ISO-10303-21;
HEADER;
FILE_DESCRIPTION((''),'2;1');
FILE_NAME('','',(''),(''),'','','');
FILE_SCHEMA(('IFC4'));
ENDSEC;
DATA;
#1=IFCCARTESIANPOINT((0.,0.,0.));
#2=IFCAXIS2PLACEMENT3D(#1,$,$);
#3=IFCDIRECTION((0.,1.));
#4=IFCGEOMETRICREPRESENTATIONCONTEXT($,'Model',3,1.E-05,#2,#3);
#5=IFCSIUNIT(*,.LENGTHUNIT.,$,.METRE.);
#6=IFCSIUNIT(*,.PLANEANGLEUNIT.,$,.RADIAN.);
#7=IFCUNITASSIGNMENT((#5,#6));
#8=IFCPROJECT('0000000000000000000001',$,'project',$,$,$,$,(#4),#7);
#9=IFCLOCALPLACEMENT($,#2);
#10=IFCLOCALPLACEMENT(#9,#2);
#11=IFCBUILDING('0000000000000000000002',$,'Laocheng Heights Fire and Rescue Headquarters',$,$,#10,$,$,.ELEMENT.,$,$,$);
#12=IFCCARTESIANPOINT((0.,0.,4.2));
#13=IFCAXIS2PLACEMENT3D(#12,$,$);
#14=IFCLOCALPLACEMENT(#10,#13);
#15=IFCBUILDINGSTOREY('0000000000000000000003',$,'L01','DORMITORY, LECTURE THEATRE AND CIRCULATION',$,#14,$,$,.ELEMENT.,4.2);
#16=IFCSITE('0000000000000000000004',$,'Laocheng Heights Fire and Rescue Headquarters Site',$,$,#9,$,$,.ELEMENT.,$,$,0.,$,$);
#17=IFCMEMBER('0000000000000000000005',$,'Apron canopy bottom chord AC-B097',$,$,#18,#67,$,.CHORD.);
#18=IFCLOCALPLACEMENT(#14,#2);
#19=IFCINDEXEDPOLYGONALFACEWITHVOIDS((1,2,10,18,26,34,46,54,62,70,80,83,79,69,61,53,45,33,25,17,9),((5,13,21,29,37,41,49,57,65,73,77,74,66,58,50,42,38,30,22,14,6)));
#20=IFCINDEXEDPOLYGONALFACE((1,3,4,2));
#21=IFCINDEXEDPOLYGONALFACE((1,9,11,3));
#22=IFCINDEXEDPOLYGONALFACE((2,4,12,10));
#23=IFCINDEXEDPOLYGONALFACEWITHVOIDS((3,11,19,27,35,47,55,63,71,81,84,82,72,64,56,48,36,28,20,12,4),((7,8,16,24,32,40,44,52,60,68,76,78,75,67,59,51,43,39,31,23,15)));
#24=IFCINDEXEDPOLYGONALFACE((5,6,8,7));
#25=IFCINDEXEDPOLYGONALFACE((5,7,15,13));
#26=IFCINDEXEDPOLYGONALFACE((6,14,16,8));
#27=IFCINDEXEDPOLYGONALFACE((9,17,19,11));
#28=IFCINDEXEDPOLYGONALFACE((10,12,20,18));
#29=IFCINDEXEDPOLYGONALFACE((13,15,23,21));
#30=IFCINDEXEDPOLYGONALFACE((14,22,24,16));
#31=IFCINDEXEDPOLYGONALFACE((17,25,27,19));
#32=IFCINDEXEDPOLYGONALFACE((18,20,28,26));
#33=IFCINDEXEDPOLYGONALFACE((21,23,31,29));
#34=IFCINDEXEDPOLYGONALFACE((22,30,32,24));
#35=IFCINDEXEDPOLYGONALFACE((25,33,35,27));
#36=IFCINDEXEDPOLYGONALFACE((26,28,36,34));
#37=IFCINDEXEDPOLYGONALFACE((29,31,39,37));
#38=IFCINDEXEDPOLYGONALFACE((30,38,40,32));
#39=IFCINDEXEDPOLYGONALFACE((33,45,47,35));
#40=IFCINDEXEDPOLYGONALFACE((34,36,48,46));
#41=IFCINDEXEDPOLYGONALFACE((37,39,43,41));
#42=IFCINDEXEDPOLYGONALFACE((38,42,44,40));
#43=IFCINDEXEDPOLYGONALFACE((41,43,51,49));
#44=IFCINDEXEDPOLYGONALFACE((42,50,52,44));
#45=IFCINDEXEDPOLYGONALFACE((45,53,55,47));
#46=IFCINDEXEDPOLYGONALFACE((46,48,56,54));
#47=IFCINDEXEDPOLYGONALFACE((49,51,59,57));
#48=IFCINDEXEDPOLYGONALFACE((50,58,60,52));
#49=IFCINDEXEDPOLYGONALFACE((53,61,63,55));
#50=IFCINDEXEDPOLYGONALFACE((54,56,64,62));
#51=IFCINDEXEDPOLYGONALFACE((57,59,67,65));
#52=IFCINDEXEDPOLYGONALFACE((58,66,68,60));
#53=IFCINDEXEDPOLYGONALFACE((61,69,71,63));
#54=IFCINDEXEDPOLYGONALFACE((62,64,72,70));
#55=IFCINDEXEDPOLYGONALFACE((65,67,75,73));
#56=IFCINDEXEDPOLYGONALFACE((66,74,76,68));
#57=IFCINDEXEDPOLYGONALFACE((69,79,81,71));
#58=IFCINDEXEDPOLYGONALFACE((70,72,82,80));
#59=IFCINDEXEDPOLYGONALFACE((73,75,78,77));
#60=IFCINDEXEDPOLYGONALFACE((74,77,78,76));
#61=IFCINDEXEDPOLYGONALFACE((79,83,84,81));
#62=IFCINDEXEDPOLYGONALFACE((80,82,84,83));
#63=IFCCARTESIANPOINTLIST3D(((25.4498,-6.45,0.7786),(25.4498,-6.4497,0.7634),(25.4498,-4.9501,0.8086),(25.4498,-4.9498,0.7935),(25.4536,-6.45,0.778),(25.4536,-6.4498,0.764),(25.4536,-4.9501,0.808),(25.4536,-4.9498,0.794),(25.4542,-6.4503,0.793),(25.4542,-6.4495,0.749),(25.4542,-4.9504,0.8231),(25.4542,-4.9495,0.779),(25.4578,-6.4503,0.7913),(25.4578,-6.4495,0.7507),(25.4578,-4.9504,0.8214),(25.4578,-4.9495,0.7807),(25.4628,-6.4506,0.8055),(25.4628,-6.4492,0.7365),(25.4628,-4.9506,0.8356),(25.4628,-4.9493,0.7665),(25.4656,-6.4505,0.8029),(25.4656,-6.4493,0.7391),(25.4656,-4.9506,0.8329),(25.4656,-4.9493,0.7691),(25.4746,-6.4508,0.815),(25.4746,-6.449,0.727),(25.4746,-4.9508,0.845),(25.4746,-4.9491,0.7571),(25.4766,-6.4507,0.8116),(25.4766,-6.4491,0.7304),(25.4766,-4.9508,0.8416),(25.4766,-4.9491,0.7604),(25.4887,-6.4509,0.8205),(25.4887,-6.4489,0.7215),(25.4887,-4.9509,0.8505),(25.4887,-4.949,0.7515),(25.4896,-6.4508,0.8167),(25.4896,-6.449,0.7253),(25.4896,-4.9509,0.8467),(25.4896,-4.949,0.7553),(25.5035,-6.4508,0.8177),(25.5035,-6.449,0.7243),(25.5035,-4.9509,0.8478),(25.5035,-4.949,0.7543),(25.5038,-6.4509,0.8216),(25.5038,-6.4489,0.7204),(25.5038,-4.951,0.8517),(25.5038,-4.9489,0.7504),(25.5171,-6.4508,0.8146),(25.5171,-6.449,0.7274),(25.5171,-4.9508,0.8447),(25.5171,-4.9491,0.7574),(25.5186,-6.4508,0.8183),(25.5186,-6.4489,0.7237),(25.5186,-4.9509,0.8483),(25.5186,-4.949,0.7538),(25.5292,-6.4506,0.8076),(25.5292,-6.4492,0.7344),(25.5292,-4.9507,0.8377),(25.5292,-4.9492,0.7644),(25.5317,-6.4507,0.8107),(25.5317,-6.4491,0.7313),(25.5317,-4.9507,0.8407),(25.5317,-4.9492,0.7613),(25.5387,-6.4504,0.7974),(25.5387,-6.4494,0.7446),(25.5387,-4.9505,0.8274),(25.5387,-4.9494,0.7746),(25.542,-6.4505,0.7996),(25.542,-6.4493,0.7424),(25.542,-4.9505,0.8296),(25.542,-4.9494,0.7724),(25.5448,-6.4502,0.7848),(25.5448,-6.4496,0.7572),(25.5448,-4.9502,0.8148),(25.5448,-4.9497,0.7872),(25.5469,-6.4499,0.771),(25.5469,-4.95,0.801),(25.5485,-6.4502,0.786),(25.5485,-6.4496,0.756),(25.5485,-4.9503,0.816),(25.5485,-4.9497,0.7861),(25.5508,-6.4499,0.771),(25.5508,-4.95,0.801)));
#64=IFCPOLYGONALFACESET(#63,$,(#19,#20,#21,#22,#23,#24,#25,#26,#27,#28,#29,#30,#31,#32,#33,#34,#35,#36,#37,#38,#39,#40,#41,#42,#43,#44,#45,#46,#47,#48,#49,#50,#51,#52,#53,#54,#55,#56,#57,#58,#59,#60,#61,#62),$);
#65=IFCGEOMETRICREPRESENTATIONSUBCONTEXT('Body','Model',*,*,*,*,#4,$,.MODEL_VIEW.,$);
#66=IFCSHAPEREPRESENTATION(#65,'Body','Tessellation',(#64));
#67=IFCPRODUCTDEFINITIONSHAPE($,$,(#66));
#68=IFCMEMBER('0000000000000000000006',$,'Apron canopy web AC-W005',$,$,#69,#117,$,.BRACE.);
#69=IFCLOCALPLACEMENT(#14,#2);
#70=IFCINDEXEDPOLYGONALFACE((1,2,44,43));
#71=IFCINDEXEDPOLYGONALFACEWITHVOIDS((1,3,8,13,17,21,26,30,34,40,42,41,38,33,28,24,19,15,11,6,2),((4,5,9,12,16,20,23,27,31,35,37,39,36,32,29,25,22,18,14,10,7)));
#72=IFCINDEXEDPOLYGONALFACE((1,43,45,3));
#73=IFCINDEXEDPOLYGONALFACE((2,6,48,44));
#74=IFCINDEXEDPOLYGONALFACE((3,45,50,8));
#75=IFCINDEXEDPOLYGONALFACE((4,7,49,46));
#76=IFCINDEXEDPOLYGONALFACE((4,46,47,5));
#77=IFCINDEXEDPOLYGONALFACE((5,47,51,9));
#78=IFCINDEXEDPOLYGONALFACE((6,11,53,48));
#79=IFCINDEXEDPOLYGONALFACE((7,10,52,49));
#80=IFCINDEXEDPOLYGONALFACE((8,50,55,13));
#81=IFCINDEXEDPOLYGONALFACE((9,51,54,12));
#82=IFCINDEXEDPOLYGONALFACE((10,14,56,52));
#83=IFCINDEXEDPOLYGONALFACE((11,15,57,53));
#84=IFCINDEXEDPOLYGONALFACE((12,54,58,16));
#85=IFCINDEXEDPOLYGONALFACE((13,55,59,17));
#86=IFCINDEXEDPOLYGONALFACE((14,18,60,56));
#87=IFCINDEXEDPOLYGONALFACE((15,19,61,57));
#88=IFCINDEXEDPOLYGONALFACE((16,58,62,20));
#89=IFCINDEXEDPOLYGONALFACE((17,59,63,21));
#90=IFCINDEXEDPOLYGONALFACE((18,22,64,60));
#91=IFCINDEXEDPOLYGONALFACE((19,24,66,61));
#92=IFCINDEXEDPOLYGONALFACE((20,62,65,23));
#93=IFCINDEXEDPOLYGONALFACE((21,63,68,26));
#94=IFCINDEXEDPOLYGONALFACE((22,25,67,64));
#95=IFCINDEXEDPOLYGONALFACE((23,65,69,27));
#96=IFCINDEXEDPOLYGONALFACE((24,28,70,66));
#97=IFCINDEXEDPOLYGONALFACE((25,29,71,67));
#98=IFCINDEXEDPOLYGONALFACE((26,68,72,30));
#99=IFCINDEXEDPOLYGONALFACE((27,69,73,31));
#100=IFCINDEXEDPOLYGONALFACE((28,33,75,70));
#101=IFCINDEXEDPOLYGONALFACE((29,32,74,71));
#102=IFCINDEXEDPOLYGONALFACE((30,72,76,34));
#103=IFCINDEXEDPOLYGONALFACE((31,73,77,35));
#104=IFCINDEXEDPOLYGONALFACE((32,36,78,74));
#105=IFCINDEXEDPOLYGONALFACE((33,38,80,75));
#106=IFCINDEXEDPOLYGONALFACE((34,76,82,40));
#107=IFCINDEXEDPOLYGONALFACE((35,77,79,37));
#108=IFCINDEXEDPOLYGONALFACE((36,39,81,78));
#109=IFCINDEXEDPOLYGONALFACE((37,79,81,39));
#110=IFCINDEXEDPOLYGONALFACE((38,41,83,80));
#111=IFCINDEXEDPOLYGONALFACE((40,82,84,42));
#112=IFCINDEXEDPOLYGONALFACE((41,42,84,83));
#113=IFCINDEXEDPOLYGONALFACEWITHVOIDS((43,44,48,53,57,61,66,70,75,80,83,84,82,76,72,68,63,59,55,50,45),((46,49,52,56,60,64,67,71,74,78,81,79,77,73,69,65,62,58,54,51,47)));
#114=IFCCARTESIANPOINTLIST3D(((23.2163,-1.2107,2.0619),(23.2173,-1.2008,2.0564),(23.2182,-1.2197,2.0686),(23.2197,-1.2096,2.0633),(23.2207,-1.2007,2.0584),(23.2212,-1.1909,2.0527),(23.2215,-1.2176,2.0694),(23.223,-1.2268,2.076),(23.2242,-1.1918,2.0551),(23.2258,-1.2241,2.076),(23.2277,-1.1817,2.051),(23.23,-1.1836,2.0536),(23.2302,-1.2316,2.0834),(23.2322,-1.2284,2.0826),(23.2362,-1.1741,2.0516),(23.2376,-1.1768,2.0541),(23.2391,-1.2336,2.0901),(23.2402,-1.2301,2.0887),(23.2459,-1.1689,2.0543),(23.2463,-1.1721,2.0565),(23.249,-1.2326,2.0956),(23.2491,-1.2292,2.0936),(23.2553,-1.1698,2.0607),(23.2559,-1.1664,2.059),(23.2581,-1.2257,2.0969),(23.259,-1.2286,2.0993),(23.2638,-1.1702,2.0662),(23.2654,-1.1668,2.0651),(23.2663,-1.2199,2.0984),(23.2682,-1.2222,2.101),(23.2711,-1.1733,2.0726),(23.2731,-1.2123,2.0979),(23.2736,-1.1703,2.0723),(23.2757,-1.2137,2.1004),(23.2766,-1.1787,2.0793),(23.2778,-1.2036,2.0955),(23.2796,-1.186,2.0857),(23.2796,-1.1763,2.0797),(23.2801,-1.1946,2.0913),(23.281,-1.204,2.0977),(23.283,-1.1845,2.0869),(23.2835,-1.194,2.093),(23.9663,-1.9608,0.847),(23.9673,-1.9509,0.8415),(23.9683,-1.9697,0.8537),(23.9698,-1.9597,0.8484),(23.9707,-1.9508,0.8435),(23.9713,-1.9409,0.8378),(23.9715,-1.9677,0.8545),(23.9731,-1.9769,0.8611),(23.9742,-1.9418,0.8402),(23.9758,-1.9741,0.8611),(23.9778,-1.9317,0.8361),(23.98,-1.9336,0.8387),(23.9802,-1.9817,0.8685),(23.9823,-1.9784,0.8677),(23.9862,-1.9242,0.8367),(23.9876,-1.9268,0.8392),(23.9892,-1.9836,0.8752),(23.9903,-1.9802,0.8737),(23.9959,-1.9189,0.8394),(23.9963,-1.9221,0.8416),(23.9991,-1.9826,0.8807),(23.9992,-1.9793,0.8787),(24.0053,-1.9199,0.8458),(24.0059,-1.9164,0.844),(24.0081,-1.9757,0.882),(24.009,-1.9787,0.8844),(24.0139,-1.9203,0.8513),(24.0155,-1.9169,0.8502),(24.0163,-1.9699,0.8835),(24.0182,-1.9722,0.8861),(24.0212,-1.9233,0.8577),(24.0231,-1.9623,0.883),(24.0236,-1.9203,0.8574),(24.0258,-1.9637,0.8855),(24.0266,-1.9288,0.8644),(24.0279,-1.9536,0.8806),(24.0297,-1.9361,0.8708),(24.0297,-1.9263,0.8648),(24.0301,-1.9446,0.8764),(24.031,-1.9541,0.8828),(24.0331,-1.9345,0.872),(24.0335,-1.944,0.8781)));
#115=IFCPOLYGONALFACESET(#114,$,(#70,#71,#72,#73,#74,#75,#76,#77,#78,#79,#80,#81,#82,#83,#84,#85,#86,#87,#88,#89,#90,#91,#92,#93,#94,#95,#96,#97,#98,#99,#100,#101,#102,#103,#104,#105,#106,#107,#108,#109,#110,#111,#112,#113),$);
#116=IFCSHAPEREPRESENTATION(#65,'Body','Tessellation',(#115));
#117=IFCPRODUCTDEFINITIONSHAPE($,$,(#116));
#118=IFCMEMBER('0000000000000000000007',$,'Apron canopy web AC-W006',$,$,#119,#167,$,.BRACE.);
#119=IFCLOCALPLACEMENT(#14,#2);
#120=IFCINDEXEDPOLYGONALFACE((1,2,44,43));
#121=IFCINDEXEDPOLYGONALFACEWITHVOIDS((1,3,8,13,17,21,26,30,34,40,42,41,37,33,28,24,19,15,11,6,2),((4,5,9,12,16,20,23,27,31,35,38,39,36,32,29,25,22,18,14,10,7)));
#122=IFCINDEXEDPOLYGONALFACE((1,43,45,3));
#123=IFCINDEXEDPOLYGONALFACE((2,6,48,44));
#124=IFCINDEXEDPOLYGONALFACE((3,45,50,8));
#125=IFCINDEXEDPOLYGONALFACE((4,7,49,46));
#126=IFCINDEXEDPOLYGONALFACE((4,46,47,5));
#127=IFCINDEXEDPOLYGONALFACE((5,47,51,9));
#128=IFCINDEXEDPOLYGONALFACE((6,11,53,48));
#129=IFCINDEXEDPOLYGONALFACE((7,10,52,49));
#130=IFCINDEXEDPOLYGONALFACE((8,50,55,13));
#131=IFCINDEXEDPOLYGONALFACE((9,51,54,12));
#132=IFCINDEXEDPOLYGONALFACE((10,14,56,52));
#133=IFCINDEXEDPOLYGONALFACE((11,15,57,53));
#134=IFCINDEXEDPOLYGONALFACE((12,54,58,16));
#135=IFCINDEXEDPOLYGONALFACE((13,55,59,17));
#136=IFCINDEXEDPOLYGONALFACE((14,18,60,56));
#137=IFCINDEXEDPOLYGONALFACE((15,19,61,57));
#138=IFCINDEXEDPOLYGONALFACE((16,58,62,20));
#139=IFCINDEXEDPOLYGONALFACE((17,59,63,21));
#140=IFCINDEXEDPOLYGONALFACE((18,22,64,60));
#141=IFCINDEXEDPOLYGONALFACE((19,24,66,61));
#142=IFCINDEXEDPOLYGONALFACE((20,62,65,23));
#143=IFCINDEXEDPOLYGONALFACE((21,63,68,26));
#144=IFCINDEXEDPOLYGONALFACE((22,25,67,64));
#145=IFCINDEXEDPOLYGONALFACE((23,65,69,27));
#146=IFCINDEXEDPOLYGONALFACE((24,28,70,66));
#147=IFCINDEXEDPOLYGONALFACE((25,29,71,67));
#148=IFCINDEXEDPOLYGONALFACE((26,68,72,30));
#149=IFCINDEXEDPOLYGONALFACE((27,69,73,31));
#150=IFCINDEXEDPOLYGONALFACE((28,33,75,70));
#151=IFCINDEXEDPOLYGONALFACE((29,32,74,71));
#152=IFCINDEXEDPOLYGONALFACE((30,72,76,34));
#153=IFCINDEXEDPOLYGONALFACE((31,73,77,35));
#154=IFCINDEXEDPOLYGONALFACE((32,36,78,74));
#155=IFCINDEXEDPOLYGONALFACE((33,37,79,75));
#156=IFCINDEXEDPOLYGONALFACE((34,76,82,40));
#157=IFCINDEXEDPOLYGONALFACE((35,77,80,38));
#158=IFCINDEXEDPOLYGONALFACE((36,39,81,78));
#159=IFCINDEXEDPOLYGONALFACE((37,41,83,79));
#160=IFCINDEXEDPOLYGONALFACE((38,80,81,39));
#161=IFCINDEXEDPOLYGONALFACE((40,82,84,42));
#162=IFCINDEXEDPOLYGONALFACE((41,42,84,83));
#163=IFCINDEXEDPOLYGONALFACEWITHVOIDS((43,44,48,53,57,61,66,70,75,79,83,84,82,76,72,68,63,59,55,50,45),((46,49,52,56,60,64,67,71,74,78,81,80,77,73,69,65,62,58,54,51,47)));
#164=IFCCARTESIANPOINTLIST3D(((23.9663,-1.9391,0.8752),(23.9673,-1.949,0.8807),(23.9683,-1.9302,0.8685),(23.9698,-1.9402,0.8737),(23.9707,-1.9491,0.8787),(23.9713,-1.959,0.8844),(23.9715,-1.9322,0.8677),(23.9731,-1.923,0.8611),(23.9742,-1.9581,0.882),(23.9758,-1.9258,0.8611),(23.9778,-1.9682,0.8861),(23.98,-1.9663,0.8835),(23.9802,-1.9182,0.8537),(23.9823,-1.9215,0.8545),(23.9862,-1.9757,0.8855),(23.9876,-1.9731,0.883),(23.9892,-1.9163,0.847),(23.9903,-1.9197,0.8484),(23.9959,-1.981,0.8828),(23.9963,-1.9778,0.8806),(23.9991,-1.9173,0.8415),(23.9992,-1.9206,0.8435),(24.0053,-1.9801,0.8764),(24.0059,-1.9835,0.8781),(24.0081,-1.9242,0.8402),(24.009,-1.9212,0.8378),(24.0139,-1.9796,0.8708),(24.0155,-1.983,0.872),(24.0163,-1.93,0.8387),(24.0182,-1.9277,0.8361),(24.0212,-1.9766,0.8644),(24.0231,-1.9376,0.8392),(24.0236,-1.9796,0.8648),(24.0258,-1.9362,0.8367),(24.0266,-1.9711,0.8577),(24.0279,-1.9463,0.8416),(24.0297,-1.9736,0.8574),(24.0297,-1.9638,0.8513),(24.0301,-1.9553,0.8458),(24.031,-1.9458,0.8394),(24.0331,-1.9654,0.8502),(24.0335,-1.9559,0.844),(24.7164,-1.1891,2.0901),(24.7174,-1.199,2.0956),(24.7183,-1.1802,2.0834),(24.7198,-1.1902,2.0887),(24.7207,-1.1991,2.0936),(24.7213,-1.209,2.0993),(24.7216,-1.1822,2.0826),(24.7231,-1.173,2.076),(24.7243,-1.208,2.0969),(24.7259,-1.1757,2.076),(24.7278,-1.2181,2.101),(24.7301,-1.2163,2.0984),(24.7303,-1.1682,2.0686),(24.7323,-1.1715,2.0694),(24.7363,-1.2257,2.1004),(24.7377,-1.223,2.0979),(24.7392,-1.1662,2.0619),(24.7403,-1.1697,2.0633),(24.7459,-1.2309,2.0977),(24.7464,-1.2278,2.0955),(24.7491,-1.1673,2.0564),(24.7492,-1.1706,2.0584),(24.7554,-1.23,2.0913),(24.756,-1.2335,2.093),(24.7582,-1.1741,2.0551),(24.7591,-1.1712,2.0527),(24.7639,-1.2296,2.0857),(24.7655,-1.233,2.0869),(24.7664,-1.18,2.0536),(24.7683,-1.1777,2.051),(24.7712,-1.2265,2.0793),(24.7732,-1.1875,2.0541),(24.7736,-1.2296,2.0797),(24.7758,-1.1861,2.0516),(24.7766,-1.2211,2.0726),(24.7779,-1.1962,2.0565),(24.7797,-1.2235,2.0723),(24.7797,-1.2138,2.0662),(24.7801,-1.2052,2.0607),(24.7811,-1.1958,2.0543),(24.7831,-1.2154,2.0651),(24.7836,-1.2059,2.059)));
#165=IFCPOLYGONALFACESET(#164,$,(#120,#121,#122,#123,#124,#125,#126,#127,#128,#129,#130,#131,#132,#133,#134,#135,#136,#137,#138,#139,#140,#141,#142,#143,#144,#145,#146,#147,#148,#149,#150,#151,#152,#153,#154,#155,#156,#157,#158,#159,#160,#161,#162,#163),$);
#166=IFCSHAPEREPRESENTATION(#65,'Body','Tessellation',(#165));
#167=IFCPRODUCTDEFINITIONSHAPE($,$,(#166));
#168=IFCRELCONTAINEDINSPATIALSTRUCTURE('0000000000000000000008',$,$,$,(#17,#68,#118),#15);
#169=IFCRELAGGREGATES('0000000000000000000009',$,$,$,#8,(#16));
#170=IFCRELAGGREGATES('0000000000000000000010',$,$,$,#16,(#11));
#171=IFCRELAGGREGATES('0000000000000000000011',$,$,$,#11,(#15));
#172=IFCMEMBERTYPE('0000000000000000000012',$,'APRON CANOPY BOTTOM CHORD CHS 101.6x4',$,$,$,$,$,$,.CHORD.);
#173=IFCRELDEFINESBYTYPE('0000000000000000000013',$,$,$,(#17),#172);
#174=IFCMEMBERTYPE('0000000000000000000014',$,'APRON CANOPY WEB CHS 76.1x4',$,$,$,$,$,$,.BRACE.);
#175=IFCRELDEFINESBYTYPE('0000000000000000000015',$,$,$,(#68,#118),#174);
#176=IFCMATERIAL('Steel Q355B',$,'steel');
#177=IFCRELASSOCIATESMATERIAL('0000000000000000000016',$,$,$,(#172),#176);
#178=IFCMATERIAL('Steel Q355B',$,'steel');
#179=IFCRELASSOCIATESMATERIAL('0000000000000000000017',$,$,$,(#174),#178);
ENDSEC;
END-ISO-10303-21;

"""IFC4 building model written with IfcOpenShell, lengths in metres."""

from ifc_helpers import new_model, si_unit, direction, frame, origin, origin_2d, place, context, subcontext, project, spatial, hollow_circle, extrude, material, material_profile, profile_set, type_object, element, save


model = new_model("IFC4")

# Units and contexts
model_context = context("Model", 3, precision=1e-05, world=origin(), true_north=direction((0.0, 1.0)))
body_context = subcontext(model_context, "Body", "Model", "MODEL_VIEW")
ifc_project = project(units=[si_unit("LENGTHUNIT", "METRE"), si_unit("PLANEANGLEUNIT", "RADIAN")], contexts=[model_context])

# Site, building, storey
site_placement = place(None, origin())
site = spatial("IfcSite", under=ifc_project, at=site_placement, Name="Laocheng Heights Fire and Rescue Headquarters Site", CompositionType="ELEMENT", RefElevation=0.0)
building_placement = place(site_placement, origin())
building = spatial("IfcBuilding", under=site, at=building_placement, Name="Laocheng Heights Fire and Rescue Headquarters", CompositionType="ELEMENT")
storey_placement = place(building_placement, frame((0.0, 0.0, 4.2)))
storey = spatial("IfcBuildingStorey", under=building, at=storey_placement, Name="L01", Description="DORMITORY, LECTURE THEATRE AND CIRCULATION", CompositionType="ELEMENT", Elevation=4.2)

# Members
ifc_material_1 = material(Name="Steel Q355B", Category="steel")
ifc_material_profile_1 = material_profile(ifc_material_1, hollow_circle(Radius=0.0508, WallThickness=0.0039, at=origin_2d()), Name="CHS 101.6x4")
ifc_profile_set_1 = profile_set([ifc_material_profile_1], Name="Steel Q355B")
member_type_1 = type_object("IfcMemberType", Name="APRON CANOPY BOTTOM CHORD CHS 101.6x4", PredefinedType="CHORD", material=ifc_profile_set_1)
for number, where, z_axis, x_axis, name in (
    (1, (25.5, -4.95, 0.801), (0.0, -0.9998, -0.020016), (1.0, 0.0, 0.0), "Apron canopy bottom chord AC-B097"),
):
    element("IfcMember", number, at=place(storey_placement, frame(where, z_axis=z_axis, x_axis=x_axis)), inside=storey, type_object=member_type_1, Name=name, PredefinedType="CHORD", context=body_context, shape_type="SweptSolid", body=[
        extrude(hollow_circle(Radius=0.0508, WallThickness=0.0039, at=origin_2d()), origin(), (0.0, 0.0, 1.0), 1.5002),
    ])
ifc_material_2 = material(Name="Steel Q355B", Category="steel")
ifc_material_profile_2 = material_profile(ifc_material_2, hollow_circle(Radius=0.0381, WallThickness=0.0039, at=origin_2d()), Name="CHS 76.1x4")
ifc_profile_set_2 = profile_set([ifc_material_profile_2], Name="Steel Q355B")
member_type_2 = type_object("IfcMemberType", Name="APRON CANOPY WEB CHS 76.1x4", PredefinedType="BRACE", material=ifc_profile_set_2)
for number, where, z_axis, x_axis, name in (
    (2, (24.0, -1.95, 0.8611), (-0.465055, 0.465055, 0.753292), (-0.707107, -0.707107, 0.0), "Apron canopy web AC-W005"),
    (3, (24.0, -1.95, 0.8611), (0.465055, 0.465055, 0.753292), (-0.707107, 0.707107, 0.0), "Apron canopy web AC-W006"),
):
    element("IfcMember", number, at=place(storey_placement, frame(where, z_axis=z_axis, x_axis=x_axis)), inside=storey, type_object=member_type_2, Name=name, PredefinedType="BRACE", context=body_context, shape_type="SweptSolid", body=[
        extrude(hollow_circle(Radius=0.0381, WallThickness=0.0039, at=origin_2d()), origin(), (0.0, 0.0, 1.0), 1.6128),
    ])

save(model, "model.ifc")
